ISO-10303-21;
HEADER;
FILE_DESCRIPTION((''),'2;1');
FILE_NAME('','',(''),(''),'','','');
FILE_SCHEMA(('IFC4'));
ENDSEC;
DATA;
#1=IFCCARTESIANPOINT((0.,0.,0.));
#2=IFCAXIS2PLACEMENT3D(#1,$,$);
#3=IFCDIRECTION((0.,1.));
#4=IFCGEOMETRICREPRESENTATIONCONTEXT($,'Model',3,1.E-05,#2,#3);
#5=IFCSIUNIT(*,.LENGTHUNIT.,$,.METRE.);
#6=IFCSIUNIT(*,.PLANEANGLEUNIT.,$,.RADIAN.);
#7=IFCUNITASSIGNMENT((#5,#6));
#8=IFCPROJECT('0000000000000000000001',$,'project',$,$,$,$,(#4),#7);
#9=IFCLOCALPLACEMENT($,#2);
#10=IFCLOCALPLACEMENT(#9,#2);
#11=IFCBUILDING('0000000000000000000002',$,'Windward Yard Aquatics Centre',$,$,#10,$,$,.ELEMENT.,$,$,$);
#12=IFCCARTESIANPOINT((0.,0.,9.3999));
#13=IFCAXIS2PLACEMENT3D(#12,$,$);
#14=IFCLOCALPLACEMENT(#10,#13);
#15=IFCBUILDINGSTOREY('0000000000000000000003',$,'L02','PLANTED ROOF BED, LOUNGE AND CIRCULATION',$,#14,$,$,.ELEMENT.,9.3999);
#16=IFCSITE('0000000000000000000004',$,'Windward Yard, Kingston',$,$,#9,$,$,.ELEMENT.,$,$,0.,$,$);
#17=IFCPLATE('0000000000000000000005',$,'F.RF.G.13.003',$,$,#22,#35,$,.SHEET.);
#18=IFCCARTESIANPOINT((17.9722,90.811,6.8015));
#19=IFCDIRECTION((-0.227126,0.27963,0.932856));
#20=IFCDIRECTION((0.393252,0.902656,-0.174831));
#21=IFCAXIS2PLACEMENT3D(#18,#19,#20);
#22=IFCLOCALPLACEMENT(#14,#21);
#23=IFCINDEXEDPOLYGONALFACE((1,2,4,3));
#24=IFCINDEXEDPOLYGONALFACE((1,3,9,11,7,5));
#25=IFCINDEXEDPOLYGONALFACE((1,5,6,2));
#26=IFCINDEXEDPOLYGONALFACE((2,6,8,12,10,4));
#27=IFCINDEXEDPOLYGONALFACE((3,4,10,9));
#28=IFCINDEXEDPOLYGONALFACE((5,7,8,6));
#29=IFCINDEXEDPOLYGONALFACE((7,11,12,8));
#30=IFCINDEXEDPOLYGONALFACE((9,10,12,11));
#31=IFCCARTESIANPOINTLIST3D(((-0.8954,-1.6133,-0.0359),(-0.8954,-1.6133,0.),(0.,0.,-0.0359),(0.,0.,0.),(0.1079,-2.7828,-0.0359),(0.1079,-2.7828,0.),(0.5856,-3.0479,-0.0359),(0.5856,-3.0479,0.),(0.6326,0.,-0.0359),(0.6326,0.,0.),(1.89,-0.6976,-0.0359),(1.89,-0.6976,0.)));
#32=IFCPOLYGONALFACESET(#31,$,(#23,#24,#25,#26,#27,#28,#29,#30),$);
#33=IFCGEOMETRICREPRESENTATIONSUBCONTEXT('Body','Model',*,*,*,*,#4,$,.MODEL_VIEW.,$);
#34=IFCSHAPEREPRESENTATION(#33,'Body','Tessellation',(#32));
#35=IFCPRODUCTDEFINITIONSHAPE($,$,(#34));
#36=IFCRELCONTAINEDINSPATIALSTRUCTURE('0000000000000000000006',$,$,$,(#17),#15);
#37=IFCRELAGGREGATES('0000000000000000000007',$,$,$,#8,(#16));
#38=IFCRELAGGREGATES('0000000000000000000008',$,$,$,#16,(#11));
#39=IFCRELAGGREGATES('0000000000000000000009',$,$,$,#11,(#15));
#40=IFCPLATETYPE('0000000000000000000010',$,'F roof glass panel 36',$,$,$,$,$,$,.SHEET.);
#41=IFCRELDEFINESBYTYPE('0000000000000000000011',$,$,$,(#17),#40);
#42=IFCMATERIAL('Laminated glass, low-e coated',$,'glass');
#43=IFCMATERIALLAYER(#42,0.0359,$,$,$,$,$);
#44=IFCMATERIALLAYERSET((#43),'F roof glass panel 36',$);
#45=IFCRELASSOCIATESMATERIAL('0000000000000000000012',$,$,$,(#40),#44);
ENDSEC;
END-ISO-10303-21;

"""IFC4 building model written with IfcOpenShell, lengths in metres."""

from ifc_helpers import new_model, si_unit, direction, frame, origin, place, context, subcontext, project, spatial, polyline, outline, extrude, material, layer, layer_set, type_object, element, save


model = new_model("IFC4")

# Units and contexts
model_context = context("Model", 3, precision=1e-05, world=origin(), true_north=direction((0.0, 1.0)))
body_context = subcontext(model_context, "Body", "Model", "MODEL_VIEW")
ifc_project = project(units=[si_unit("LENGTHUNIT", "METRE"), si_unit("PLANEANGLEUNIT", "RADIAN")], contexts=[model_context])

# Site, building, storey
site_placement = place(None, origin())
site = spatial("IfcSite", under=ifc_project, at=site_placement, Name="Windward Yard, Kingston", CompositionType="ELEMENT", RefElevation=0.0)
building_placement = place(site_placement, origin())
building = spatial("IfcBuilding", under=site, at=building_placement, Name="Windward Yard Aquatics Centre", CompositionType="ELEMENT")
storey_placement = place(building_placement, frame((0.0, 0.0, 9.3999)))
storey = spatial("IfcBuildingStorey", under=building, at=storey_placement, Name="L02", Description="PLANTED ROOF BED, LOUNGE AND CIRCULATION", CompositionType="ELEMENT", Elevation=9.3999)

# Plate
ifc_material_1 = material(Name="Laminated glass, low-e coated", Category="glass")
ifc_layer_1 = layer(ifc_material_1, 0.0359)
ifc_layer_set_1 = layer_set([ifc_layer_1], Name="F roof glass panel 36")
plate_type = type_object("IfcPlateType", Name="F roof glass panel 36", PredefinedType="SHEET", material=ifc_layer_set_1)
plate_1_placement = place(storey_placement, frame((17.9722, 90.811, 6.8015), z_axis=(-0.227126, 0.27963, 0.932856), x_axis=(0.393252, 0.902656, -0.174831)))
element("IfcPlate", 1, at=plate_1_placement, inside=storey, type_object=plate_type, Name="F.RF.G.13.003", PredefinedType="SHEET", context=body_context, shape_type="SweptSolid", body=[
    extrude(outline(polyline([(0.0, 0.0), (0.6326, 0.0), (1.89, -0.6976), (0.5856, -3.0479), (0.1079, -2.7828), (-0.8954, -1.6133), (0.0, 0.0)])), origin(), (0.0, 0.0, -1.0), 0.0359),
])

save(model, "model.ifc")
